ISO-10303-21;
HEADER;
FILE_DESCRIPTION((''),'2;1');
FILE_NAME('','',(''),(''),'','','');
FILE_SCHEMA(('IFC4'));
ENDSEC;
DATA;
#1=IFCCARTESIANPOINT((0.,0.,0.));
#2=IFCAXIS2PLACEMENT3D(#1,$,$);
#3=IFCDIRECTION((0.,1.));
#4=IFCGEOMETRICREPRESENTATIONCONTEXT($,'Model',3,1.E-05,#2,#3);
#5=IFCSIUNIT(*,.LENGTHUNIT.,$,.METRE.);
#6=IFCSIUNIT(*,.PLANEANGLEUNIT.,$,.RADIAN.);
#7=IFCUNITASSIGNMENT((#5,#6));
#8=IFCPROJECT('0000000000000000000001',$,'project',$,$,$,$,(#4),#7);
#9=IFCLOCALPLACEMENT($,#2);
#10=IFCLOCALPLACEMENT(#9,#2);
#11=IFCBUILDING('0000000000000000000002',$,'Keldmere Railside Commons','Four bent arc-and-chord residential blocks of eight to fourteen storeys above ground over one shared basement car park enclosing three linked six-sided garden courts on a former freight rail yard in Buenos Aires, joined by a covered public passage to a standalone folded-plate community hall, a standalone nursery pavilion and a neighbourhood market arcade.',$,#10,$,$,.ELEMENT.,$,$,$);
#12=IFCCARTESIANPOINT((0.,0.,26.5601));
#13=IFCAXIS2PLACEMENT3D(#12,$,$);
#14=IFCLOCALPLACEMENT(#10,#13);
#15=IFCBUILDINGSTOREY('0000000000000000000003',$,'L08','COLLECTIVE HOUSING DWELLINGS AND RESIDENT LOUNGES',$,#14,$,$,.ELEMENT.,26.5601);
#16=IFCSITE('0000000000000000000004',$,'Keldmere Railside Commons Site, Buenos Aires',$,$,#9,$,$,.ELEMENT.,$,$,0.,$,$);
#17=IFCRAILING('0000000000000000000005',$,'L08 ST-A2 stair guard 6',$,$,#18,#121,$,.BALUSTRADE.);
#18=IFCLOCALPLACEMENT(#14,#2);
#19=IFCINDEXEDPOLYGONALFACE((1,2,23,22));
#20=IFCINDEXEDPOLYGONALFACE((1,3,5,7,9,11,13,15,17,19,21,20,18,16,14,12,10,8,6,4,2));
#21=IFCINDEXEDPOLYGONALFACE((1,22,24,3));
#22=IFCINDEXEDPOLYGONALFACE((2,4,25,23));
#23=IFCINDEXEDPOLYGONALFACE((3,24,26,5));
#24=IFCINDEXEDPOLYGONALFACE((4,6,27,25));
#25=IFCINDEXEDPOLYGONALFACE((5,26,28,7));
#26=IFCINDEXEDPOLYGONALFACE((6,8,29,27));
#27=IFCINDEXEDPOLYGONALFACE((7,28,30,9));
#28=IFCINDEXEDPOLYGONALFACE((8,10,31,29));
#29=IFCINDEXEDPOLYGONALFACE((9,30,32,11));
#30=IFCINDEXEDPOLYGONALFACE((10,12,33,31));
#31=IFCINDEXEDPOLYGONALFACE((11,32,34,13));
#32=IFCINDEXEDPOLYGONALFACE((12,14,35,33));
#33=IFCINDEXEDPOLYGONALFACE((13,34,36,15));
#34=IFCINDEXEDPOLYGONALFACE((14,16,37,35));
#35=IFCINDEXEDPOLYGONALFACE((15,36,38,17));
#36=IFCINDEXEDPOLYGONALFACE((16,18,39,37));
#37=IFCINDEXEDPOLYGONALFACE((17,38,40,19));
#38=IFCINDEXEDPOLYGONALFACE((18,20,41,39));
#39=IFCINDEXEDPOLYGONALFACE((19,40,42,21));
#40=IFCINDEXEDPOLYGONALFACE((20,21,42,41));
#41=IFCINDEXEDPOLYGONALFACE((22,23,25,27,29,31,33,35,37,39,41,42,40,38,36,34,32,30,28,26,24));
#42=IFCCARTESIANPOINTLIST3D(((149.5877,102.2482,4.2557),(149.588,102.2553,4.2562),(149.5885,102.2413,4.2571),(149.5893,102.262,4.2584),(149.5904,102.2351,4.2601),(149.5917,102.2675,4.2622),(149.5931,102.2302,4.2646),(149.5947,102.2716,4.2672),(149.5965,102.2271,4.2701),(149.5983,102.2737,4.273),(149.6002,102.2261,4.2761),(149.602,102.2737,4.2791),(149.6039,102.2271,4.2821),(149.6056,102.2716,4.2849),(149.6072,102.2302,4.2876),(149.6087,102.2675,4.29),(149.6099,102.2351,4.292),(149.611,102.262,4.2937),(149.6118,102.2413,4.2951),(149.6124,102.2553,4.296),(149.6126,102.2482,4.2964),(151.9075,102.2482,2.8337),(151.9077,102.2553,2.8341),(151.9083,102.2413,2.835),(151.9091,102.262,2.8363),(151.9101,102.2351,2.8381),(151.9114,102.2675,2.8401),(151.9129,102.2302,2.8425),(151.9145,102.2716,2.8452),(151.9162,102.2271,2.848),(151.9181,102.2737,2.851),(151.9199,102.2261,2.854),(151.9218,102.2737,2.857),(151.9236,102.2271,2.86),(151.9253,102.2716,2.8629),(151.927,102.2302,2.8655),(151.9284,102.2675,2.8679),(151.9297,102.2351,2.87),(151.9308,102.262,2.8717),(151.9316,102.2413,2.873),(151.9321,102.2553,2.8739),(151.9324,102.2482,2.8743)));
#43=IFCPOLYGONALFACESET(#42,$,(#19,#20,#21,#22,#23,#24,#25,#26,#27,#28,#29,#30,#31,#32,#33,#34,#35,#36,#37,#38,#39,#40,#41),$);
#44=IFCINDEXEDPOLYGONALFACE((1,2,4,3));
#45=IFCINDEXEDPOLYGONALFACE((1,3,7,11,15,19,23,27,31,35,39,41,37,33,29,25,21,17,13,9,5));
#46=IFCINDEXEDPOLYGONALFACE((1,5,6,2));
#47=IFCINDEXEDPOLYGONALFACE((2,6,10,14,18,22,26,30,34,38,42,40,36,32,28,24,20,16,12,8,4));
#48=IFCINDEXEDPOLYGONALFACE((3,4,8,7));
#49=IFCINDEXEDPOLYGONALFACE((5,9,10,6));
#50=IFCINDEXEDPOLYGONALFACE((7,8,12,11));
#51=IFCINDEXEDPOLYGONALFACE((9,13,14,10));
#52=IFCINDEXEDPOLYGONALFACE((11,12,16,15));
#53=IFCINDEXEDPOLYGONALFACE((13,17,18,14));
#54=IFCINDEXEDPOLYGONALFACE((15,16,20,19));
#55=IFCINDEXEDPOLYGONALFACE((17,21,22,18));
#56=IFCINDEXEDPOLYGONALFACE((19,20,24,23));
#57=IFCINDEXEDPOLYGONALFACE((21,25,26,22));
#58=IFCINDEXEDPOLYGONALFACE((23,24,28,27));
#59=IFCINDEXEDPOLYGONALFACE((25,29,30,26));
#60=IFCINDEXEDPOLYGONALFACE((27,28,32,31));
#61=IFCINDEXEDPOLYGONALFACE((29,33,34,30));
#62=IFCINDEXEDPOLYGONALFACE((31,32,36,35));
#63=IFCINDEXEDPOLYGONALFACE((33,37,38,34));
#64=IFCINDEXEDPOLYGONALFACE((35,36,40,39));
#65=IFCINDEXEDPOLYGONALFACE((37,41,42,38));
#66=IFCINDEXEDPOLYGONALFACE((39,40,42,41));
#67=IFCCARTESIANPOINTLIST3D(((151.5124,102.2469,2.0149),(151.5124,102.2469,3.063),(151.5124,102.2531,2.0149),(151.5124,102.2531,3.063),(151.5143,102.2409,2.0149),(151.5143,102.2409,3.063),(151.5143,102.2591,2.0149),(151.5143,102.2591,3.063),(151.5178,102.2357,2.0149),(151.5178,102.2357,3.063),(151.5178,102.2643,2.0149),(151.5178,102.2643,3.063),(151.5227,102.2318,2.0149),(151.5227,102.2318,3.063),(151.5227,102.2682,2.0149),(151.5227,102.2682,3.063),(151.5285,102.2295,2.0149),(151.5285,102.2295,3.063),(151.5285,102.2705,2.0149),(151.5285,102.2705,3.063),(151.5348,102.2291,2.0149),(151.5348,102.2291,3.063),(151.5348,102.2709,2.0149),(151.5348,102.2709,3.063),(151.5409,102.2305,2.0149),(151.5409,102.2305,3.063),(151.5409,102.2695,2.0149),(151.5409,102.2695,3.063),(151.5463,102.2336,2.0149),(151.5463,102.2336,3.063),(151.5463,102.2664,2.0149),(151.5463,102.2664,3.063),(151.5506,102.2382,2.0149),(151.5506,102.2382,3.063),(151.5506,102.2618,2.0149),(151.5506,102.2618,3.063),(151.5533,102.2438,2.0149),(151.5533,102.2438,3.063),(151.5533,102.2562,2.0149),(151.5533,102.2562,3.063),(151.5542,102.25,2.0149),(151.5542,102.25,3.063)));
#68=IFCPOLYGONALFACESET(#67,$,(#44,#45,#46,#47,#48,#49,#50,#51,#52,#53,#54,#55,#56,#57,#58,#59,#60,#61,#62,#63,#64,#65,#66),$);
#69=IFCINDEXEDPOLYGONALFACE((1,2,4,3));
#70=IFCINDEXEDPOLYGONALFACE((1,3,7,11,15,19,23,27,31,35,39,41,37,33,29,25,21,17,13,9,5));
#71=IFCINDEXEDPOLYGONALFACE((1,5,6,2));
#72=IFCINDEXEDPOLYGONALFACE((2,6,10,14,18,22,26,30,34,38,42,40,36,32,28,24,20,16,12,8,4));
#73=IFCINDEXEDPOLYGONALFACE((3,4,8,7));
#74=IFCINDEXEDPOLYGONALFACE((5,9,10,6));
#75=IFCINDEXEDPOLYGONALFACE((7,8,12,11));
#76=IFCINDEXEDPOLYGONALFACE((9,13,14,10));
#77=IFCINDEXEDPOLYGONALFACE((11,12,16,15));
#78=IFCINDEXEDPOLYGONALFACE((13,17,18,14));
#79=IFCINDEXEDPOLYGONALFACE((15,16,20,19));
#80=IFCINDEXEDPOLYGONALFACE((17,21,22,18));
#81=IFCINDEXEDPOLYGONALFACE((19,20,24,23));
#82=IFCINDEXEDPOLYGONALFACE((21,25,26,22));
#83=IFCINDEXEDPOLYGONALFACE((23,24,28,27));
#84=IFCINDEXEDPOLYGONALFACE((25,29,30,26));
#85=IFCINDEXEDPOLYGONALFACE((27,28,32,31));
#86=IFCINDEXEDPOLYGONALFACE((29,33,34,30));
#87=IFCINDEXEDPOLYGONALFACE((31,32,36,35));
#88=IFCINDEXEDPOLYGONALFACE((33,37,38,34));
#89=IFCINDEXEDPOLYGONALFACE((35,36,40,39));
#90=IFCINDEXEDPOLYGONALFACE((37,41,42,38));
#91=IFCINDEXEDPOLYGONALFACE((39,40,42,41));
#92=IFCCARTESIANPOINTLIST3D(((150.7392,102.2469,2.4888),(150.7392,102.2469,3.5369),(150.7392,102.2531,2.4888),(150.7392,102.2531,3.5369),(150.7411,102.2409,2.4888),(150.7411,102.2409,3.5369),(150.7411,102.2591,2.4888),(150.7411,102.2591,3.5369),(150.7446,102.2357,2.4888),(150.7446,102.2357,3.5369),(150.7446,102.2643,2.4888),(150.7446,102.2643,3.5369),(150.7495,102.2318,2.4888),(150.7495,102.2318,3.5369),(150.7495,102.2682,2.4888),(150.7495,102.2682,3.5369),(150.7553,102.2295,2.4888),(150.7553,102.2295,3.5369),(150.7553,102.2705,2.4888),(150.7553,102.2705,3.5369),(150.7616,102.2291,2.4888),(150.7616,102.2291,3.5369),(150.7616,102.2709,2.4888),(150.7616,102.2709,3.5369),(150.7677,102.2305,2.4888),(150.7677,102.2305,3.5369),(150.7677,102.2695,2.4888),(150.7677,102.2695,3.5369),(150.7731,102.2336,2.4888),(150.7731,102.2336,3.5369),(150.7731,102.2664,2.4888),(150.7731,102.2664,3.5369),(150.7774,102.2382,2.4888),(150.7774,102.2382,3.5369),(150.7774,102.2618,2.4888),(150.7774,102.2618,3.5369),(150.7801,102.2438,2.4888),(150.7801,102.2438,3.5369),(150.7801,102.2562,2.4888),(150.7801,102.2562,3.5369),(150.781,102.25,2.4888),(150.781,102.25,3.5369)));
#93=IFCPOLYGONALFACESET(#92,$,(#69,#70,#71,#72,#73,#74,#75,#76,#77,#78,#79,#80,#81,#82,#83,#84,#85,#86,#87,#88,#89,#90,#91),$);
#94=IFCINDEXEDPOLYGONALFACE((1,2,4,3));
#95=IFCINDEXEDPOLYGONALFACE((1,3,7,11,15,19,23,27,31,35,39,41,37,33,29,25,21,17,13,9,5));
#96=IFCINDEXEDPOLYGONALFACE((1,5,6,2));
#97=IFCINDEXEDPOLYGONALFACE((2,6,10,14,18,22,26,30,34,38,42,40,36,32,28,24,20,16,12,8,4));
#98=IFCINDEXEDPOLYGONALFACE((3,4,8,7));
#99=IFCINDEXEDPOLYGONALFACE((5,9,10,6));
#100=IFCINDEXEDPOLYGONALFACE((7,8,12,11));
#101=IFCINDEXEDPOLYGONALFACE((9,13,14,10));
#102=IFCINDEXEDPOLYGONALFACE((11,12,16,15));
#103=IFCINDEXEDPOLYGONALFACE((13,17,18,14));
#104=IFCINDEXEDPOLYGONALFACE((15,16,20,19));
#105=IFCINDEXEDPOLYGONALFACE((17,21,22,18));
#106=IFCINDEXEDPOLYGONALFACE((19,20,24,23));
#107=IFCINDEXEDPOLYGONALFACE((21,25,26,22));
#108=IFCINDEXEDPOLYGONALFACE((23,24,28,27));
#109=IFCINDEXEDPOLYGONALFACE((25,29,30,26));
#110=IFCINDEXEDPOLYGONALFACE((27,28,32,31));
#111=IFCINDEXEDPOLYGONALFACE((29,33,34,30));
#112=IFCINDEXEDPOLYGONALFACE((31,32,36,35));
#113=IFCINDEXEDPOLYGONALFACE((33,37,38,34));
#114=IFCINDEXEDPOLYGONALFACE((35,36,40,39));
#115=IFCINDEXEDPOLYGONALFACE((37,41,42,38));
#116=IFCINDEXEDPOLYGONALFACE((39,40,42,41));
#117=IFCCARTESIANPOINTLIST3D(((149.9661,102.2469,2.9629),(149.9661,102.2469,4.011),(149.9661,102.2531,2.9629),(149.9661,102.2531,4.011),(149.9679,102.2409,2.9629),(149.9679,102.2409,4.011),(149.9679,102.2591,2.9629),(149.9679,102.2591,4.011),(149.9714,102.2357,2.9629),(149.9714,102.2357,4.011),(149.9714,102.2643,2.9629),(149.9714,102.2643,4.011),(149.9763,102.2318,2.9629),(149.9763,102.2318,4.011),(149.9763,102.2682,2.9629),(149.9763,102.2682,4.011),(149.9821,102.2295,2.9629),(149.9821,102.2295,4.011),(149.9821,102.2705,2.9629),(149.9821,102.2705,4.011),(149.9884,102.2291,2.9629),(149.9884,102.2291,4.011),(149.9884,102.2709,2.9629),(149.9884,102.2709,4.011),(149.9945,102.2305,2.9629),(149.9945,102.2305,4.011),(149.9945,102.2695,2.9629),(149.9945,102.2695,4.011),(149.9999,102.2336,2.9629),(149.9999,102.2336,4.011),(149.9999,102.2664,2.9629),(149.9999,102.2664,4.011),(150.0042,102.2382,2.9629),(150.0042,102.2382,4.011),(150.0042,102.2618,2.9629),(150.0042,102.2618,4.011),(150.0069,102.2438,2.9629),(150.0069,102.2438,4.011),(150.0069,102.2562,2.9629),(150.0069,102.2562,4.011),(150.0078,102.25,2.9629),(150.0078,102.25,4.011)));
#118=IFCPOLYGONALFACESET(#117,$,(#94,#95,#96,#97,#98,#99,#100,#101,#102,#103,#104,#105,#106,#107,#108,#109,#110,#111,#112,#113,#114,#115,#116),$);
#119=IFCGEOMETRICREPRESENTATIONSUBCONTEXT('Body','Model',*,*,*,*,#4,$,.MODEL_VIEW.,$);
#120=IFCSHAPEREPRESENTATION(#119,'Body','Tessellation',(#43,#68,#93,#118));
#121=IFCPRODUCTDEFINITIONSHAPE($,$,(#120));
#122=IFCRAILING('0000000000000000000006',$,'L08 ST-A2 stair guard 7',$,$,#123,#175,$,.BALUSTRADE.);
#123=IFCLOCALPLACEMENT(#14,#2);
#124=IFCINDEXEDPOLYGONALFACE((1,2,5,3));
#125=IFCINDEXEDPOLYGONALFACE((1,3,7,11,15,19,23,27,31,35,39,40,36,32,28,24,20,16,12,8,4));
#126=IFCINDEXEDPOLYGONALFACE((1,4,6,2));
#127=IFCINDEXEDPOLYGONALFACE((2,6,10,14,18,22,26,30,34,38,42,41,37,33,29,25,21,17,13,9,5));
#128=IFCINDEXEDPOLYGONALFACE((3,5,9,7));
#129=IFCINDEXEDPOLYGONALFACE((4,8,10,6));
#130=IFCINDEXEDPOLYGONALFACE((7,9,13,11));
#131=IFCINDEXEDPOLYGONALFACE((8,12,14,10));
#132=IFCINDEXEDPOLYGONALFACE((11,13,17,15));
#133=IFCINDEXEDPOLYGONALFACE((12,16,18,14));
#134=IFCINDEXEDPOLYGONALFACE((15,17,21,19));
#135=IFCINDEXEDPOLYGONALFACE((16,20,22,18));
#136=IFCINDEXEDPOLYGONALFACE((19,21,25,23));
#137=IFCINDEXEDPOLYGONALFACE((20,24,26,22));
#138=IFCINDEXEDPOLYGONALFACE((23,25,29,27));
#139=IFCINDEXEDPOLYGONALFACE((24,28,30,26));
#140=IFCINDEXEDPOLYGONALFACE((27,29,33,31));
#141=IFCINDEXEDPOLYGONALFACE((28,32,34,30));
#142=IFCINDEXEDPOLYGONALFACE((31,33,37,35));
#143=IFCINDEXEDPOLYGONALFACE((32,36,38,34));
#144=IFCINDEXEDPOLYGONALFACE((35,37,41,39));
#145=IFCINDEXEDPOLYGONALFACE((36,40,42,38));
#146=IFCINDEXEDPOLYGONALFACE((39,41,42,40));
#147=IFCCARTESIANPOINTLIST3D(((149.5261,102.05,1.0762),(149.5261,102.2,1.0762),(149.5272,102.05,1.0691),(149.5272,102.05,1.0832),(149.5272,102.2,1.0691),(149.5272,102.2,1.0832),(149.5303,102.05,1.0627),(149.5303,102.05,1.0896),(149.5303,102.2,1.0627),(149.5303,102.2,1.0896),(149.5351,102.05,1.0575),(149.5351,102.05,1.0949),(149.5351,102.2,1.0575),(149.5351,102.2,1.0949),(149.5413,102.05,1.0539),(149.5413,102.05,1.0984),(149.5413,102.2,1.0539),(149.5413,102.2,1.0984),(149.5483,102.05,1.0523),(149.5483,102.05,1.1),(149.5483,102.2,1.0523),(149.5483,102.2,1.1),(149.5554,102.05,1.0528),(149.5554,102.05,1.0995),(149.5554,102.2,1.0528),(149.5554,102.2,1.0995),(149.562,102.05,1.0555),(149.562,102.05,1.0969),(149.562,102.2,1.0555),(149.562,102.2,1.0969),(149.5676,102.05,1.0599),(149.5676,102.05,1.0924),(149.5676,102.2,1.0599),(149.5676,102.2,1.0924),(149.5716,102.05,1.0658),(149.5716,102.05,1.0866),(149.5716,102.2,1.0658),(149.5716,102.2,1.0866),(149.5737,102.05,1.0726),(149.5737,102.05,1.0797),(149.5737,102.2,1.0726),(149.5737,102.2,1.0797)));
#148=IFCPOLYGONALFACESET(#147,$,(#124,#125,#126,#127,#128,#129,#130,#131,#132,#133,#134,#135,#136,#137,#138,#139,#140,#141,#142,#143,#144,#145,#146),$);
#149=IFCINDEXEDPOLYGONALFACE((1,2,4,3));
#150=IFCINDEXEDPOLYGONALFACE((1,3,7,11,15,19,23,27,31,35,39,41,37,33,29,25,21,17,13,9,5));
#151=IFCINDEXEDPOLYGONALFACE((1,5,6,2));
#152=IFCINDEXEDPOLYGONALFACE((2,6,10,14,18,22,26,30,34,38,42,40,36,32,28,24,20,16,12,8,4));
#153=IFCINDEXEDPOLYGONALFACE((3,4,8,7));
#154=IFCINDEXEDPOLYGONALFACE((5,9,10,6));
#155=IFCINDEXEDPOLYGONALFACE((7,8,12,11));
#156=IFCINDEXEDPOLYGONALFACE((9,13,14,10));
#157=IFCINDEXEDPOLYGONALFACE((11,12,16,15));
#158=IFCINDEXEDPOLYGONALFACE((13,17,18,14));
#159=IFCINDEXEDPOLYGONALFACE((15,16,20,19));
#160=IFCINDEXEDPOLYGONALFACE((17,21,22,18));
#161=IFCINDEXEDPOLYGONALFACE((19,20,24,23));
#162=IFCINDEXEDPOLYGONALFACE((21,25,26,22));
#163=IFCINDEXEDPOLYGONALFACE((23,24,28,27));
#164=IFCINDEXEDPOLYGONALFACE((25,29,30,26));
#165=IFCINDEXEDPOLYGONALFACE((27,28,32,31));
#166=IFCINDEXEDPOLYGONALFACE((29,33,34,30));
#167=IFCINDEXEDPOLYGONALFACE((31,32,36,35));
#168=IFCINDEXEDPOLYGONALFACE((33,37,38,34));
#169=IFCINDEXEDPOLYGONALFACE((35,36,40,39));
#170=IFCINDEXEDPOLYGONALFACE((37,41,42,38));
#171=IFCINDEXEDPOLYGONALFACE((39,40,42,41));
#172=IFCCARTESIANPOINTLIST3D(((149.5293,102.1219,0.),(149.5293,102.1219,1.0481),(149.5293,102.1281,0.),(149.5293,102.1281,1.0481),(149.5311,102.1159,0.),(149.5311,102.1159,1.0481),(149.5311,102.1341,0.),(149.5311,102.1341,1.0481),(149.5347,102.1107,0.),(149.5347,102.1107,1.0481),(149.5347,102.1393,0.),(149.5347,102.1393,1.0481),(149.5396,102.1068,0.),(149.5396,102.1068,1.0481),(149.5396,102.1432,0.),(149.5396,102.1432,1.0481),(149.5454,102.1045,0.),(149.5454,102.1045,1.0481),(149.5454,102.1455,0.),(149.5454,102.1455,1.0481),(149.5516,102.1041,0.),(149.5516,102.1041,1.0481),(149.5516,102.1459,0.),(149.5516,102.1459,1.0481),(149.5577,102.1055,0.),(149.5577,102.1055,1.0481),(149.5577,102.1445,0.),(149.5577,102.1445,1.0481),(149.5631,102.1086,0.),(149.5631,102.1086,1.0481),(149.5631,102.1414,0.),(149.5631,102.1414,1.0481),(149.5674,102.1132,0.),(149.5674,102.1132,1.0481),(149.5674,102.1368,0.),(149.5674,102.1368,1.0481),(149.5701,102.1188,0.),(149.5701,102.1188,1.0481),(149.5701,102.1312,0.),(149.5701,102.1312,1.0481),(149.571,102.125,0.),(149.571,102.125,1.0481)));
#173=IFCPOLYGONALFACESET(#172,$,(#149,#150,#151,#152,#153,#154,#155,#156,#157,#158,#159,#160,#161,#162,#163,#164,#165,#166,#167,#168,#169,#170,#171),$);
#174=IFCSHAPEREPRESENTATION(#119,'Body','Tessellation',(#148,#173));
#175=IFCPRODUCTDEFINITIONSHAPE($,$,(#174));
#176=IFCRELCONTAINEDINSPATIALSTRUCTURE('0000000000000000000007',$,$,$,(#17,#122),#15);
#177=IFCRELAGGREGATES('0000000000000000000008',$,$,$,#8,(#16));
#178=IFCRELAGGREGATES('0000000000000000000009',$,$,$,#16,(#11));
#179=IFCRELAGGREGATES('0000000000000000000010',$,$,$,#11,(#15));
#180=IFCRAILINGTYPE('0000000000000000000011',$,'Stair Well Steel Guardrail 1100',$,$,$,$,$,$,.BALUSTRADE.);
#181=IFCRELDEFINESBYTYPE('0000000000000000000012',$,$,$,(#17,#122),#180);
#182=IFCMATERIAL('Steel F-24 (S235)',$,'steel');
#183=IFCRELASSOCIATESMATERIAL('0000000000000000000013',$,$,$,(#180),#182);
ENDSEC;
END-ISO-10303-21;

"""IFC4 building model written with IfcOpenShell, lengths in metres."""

from ifc_helpers import new_model, si_unit, direction, frame, origin, origin_2d, place, context, subcontext, project, spatial, circle, extrude, material, type_object, element, save


model = new_model("IFC4")

# Units and contexts
model_context = context("Model", 3, precision=1e-05, world=origin(), true_north=direction((0.0, 1.0)))
body_context = subcontext(model_context, "Body", "Model", "MODEL_VIEW")
ifc_project = project(units=[si_unit("LENGTHUNIT", "METRE"), si_unit("PLANEANGLEUNIT", "RADIAN")], contexts=[model_context])

# Site, building, storey
site_placement = place(None, origin())
site = spatial("IfcSite", under=ifc_project, at=site_placement, Name="Keldmere Railside Commons Site, Buenos Aires", CompositionType="ELEMENT", RefElevation=0.0)
building_placement = place(site_placement, origin())
building = spatial("IfcBuilding", under=site, at=building_placement, Name="Keldmere Railside Commons", Description="Four bent arc-and-chord residential blocks of eight to fourteen storeys above ground over one shared basement car park enclosing three linked six-sided garden courts on a former freight rail yard in Buenos Aires, joined by a covered public passage to a standalone folded-plate community hall, a standalone nursery pavilion and a neighbourhood market arcade.", CompositionType="ELEMENT")
storey_placement = place(building_placement, frame((0.0, 0.0, 26.5601)))
storey = spatial("IfcBuildingStorey", under=building, at=storey_placement, Name="L08", Description="COLLECTIVE HOUSING DWELLINGS AND RESIDENT LOUNGES", CompositionType="ELEMENT", Elevation=26.5601)

# Railings
ifc_material_1 = material(Name="Steel F-24 (S235)", Category="steel")
railing_type_1 = type_object("IfcRailingType", Name="Stair Well Steel Guardrail 1100", PredefinedType="BALUSTRADE", material=ifc_material_1)
railing_1_placement = place(storey_placement, frame((151.9199, 102.25, 1.7778)))
element("IfcRailing", 1, at=railing_1_placement, inside=storey, type_object=railing_type_1, Name="L08 ST-A2 stair guard 6", PredefinedType="BALUSTRADE", context=body_context, shape_type="SweptSolid", body=[
    extrude(circle(Radius=0.0239, at=origin_2d()), frame((0.0, 0.0, 1.0762), z_axis=(-0.852554, 0.0, 0.52264), x_axis=(0.0, -1.0, 0.0)), (0.0, 0.0, 1.0), 2.7209),
    extrude(circle(Radius=0.021, at=origin_2d()), frame((-0.3867, 0.0, 0.2371)), (0.0, 0.0, 1.0), 1.0481),
    extrude(circle(Radius=0.021, at=origin_2d()), frame((-1.1599, 0.0, 0.7109)), (0.0, 0.0, 1.0), 1.0481),
    extrude(circle(Radius=0.021, at=origin_2d()), frame((-1.9331, 0.0, 1.1851)), (0.0, 0.0, 1.0), 1.0481),
])
railing_2_placement = place(storey_placement, frame((149.55, 102.05, 0.0)))
element("IfcRailing", 2, at=railing_2_placement, inside=storey, type_object=railing_type_1, Name="L08 ST-A2 stair guard 7", PredefinedType="BALUSTRADE", context=body_context, shape_type="SweptSolid", body=[
    extrude(circle(Radius=0.0239, at=origin_2d()), frame((0.0, 0.0, 1.0762), z_axis=(0.0, 1.0, 0.0), x_axis=(-1.0, 0.0, 0.0)), (0.0, 0.0, 1.0), 0.1499),
    extrude(circle(Radius=0.021, at=origin_2d()), frame((0.0, 0.075, 0.0)), (0.0, 0.0, 1.0), 1.0481),
])

save(model, "model.ifc")
